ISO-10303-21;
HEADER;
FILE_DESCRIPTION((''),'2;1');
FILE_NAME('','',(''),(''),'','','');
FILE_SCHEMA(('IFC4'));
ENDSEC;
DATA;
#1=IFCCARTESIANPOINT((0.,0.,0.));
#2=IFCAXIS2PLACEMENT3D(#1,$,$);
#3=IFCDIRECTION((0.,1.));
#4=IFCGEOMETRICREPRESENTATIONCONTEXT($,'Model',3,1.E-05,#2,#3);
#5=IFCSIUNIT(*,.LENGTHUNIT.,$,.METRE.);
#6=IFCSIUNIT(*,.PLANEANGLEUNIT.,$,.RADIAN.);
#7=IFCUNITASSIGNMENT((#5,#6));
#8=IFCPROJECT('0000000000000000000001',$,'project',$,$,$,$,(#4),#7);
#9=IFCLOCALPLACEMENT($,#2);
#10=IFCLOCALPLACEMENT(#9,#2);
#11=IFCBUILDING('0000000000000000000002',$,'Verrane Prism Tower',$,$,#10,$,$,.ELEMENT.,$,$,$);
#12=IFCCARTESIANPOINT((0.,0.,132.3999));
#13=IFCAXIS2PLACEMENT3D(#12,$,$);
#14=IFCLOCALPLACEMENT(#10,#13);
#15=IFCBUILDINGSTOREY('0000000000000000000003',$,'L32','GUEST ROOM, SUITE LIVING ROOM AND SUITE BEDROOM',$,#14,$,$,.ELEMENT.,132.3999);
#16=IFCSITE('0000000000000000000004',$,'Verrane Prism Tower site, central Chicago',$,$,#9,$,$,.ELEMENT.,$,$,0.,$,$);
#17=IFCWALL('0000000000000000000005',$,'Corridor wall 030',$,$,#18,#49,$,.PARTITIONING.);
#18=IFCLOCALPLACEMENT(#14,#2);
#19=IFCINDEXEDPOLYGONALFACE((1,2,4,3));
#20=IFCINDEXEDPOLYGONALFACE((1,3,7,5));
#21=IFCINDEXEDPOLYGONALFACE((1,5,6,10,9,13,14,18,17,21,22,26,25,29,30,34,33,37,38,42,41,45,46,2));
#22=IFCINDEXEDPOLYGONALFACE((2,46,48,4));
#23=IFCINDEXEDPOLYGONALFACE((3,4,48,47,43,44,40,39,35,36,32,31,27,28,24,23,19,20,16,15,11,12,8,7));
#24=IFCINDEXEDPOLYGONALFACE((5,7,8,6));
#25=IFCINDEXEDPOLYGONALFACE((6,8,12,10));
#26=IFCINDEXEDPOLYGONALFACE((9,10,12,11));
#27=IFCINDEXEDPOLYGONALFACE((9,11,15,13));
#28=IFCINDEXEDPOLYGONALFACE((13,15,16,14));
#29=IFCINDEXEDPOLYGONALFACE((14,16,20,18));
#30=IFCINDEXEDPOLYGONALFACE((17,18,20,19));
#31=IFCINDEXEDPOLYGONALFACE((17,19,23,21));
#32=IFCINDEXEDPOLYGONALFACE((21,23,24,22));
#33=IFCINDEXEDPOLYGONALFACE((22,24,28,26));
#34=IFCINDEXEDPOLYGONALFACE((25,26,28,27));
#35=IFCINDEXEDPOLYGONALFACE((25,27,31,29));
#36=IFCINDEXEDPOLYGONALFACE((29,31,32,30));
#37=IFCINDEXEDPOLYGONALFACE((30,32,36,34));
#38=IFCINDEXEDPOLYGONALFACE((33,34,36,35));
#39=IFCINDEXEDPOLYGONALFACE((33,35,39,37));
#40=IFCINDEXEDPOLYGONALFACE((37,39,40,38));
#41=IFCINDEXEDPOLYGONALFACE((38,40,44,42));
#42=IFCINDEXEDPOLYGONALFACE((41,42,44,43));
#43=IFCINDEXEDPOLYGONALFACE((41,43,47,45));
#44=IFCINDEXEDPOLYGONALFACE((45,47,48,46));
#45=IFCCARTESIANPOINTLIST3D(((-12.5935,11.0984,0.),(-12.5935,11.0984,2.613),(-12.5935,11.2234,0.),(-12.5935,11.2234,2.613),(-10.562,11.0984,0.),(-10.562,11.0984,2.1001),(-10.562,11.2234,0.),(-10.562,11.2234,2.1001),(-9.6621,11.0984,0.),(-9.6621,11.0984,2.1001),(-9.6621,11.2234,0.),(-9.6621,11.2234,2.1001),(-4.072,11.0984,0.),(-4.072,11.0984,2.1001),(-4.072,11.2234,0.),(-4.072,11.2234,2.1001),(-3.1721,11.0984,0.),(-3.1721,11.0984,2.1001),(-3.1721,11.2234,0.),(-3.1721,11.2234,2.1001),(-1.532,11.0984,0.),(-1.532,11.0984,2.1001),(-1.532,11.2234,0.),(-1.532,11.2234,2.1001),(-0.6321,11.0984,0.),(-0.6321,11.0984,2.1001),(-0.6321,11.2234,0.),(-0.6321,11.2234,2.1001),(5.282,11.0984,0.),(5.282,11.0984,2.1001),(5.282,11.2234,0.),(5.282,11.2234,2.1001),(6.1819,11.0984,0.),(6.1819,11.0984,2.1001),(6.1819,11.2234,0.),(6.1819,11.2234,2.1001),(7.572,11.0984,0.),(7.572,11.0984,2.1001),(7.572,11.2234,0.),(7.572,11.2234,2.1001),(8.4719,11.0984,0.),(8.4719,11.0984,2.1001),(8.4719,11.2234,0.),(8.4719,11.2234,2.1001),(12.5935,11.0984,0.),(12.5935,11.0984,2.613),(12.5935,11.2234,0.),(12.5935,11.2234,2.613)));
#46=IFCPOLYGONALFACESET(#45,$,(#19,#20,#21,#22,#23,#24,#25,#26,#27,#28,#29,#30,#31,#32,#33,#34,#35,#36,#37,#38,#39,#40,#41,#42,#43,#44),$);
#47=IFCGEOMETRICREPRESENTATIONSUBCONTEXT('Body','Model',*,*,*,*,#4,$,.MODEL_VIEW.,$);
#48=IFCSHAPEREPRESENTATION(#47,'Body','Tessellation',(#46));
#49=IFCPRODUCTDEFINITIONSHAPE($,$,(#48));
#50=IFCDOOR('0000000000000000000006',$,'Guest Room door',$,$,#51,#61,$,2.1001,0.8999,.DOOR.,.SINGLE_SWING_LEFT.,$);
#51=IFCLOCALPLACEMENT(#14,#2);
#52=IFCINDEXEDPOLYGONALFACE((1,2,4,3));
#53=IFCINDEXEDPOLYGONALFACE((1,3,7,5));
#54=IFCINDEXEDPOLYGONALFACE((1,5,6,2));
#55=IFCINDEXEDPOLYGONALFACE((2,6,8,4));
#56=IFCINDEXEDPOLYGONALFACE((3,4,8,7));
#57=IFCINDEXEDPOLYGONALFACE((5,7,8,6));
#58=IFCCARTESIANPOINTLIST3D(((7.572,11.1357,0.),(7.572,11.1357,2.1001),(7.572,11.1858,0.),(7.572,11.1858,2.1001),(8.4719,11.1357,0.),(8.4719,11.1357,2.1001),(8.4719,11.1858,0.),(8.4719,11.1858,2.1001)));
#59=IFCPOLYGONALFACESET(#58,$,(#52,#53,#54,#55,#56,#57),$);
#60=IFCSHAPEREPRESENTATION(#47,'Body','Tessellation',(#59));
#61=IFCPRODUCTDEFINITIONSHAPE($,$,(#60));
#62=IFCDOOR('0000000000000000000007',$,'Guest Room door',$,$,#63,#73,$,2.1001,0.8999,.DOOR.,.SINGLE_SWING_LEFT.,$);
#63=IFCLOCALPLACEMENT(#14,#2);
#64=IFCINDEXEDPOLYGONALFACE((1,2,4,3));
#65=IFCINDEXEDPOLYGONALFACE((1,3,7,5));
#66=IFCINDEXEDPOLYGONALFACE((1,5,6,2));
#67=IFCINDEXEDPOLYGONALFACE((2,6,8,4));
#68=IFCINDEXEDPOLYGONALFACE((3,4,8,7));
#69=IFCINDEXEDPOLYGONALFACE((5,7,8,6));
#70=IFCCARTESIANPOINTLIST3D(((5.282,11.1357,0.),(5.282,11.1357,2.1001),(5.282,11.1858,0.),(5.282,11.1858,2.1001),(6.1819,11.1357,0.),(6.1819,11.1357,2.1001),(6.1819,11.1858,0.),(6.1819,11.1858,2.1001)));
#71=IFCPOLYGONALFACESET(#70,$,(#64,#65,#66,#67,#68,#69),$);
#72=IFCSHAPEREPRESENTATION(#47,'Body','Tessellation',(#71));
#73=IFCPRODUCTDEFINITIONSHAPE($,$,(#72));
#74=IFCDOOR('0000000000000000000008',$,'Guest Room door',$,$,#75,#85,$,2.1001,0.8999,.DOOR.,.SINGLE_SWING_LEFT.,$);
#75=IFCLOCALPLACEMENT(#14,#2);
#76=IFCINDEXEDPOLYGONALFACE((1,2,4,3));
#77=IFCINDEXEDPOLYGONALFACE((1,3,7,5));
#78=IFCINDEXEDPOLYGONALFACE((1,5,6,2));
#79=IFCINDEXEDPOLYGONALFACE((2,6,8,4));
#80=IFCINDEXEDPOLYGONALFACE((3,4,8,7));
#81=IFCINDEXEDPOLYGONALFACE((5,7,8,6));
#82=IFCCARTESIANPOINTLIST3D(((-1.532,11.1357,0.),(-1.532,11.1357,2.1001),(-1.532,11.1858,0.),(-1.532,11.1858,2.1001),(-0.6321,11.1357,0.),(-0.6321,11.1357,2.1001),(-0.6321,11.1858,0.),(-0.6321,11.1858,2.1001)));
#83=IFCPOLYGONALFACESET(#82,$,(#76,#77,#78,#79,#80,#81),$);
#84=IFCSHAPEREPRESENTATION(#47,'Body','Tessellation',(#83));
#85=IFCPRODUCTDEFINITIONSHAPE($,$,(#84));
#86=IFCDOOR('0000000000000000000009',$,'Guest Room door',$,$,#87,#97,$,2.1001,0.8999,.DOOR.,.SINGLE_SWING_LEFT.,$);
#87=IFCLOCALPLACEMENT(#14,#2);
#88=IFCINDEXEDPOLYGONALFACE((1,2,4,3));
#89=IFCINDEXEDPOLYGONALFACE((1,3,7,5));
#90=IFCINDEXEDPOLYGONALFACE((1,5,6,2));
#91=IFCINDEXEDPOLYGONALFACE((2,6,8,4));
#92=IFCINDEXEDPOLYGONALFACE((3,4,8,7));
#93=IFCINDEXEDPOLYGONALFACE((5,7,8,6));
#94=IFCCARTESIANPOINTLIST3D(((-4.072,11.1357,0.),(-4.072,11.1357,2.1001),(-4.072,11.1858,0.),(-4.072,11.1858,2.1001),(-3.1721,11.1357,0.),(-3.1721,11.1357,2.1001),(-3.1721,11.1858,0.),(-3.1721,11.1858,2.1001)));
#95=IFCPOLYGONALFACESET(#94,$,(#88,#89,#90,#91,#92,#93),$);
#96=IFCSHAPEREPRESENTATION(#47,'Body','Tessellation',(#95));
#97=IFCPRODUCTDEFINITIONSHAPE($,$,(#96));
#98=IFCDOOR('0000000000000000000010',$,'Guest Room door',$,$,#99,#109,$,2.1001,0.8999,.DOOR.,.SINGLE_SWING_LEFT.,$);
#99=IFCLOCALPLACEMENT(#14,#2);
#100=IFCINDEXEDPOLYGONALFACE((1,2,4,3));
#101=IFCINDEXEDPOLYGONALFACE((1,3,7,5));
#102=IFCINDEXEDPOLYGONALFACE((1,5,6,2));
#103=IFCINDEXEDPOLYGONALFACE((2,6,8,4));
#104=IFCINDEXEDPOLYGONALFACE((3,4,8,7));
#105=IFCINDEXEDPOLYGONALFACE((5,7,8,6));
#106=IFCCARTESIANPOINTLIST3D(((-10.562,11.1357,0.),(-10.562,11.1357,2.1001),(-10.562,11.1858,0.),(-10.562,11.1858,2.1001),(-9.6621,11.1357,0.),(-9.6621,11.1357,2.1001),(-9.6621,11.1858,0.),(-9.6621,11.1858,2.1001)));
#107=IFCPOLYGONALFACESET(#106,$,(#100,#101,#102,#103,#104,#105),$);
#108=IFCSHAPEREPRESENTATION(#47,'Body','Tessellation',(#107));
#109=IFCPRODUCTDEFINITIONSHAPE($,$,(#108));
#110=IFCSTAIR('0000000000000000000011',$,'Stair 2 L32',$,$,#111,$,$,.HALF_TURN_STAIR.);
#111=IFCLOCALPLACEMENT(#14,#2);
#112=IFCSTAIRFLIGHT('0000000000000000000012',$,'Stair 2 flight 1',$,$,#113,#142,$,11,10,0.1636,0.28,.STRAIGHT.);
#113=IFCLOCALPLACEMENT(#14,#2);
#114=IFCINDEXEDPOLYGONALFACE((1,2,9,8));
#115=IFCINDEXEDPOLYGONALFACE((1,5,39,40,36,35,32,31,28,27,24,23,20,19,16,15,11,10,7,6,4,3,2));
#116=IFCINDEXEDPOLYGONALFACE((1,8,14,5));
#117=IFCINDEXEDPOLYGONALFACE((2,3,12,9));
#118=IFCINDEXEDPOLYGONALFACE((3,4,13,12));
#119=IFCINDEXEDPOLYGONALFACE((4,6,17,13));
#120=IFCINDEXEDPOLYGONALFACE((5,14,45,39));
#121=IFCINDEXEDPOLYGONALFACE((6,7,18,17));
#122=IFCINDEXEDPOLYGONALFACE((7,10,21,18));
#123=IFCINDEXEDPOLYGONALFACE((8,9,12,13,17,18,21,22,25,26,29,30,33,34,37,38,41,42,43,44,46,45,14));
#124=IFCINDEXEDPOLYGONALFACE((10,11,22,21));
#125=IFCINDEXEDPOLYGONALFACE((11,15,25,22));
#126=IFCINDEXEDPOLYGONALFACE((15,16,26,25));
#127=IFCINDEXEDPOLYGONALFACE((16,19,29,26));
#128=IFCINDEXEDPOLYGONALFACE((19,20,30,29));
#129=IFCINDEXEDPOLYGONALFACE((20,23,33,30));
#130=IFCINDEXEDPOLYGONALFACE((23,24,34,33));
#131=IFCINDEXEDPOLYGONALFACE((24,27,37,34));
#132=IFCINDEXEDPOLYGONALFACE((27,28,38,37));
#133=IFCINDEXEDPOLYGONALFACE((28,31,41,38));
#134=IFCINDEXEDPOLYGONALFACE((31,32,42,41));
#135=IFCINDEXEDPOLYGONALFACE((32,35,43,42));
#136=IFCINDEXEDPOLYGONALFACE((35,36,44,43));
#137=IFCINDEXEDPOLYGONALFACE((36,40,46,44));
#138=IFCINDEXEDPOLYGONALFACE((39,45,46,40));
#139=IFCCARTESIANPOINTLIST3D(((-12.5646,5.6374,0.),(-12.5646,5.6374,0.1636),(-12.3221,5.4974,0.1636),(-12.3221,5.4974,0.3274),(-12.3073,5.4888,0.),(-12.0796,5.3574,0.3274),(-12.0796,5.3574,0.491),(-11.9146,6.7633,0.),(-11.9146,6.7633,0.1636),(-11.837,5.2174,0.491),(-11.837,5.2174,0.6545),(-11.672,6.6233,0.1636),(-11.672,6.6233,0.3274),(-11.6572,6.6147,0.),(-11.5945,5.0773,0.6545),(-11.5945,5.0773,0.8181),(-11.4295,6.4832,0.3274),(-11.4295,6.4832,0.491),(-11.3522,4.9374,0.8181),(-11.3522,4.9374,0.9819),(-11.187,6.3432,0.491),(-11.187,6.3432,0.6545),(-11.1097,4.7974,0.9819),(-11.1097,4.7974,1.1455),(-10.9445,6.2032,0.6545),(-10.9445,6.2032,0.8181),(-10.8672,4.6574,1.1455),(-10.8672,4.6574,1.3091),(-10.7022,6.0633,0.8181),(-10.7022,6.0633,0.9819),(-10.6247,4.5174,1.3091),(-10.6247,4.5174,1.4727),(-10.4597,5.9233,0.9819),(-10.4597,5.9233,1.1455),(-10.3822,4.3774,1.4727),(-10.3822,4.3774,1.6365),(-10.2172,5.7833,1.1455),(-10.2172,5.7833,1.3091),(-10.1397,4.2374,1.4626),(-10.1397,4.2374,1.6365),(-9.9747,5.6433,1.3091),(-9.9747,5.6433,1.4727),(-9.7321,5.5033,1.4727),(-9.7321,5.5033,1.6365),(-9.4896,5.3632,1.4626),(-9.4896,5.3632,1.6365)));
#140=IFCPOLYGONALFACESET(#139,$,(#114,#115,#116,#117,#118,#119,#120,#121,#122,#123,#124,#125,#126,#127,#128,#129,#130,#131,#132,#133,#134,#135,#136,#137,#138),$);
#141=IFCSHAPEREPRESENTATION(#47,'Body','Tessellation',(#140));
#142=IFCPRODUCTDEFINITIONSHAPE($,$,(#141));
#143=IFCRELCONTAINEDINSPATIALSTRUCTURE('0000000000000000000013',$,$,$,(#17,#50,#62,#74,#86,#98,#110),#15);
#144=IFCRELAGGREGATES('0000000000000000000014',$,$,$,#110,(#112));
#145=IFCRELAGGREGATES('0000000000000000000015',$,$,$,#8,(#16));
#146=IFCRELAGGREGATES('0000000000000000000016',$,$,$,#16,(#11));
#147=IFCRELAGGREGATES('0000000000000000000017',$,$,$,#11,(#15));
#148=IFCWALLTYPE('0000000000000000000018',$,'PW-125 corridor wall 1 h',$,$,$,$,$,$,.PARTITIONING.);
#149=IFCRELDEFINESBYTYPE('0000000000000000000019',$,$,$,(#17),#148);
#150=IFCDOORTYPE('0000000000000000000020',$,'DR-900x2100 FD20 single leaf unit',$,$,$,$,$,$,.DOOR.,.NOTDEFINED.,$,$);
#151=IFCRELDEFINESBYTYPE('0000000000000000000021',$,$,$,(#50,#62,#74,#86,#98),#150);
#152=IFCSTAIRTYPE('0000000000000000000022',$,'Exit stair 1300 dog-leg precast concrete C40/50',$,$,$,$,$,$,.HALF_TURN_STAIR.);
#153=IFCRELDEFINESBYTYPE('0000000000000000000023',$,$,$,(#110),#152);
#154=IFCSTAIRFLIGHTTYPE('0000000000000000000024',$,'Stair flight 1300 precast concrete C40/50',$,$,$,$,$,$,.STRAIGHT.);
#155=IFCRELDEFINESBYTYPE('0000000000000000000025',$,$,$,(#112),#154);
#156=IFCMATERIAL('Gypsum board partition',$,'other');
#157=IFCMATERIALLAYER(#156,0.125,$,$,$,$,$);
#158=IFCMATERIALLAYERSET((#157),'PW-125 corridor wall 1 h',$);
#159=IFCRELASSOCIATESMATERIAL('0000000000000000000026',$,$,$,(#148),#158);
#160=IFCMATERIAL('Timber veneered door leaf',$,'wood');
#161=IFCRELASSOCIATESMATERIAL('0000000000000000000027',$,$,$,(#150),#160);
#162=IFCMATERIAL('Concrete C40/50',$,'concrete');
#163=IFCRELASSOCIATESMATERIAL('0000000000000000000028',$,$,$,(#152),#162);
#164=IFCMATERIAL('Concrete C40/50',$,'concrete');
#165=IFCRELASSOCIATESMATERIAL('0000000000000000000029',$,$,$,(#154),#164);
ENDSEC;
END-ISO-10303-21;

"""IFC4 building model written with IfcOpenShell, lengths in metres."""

from ifc_helpers import new_model, si_unit, direction, frame, frame_2d, origin, place, context, subcontext, project, spatial, polyline, rectangle, outline, extrude, material, layer, layer_set, type_object, element, fill, aggregate, save


model = new_model("IFC4")

# Units and contexts
model_context = context("Model", 3, precision=1e-05, world=origin(), true_north=direction((0.0, 1.0)))
body_context = subcontext(model_context, "Body", "Model", "MODEL_VIEW")
ifc_project = project(units=[si_unit("LENGTHUNIT", "METRE"), si_unit("PLANEANGLEUNIT", "RADIAN")], contexts=[model_context])

# Site, building, storey
site_placement = place(None, origin())
site = spatial("IfcSite", under=ifc_project, at=site_placement, Name="Verrane Prism Tower site, central Chicago", CompositionType="ELEMENT", RefElevation=0.0)
building_placement = place(site_placement, origin())
building = spatial("IfcBuilding", under=site, at=building_placement, Name="Verrane Prism Tower", CompositionType="ELEMENT")
storey_placement = place(building_placement, frame((0.0, 0.0, 132.3999)))
storey = spatial("IfcBuildingStorey", under=building, at=storey_placement, Name="L32", Description="GUEST ROOM, SUITE LIVING ROOM AND SUITE BEDROOM", CompositionType="ELEMENT", Elevation=132.3999)

# Shared definitions
ifc_material_1 = material(Name="Gypsum board partition", Category="other")
ifc_layer_1 = layer(ifc_material_1, 0.125)
ifc_layer_set_1 = layer_set([ifc_layer_1], Name="PW-125 corridor wall 1 h")
wall_type_1 = type_object("IfcWallType", Name="PW-125 corridor wall 1 h", PredefinedType="PARTITIONING", material=ifc_layer_set_1)

# Wall, openings, doors
wall_1_placement = place(storey_placement, frame((-12.5935, 11.1609, 0.0), z_axis=(0.0, 0.0, 1.0), x_axis=(1.0, 0.0, 0.0)))
wall_1 = element("IfcWall", 1, at=wall_1_placement, inside=storey, type_object=wall_type_1, Name="Corridor wall 030", PredefinedType="PARTITIONING", context=body_context, shape_type="SweptSolid", body=[
    extrude(rectangle(XDim=25.187, YDim=0.125, at=frame_2d((12.5935, 0.0))), origin(), (0.0, 0.0, 1.0), 2.613),
])
opening_1_placement = place(wall_1_placement, frame((20.1655, 0.0, 0.0)))
opening_1 = element("IfcOpeningElement", 2, at=opening_1_placement, cuts=wall_1, PredefinedType="OPENING", context=body_context, shape_type="SweptSolid", body=[
    extrude(rectangle(XDim=0.8999, YDim=2.1001, at=frame_2d((0.45, 1.05))), frame((0.0, 0.0725, 0.0), z_axis=(0.0, -1.0, 0.0), x_axis=(1.0, 0.0, 0.0)), (0.0, 0.0, 1.0), 0.145),
])
opening_2_placement = place(wall_1_placement, frame((17.8755, 0.0, 0.0)))
opening_2 = element("IfcOpeningElement", 3, at=opening_2_placement, cuts=wall_1, PredefinedType="OPENING", context=body_context, shape_type="SweptSolid", body=[
    extrude(rectangle(XDim=0.8999, YDim=2.1001, at=frame_2d((0.45, 1.05))), frame((0.0, 0.0725, 0.0), z_axis=(0.0, -1.0, 0.0), x_axis=(1.0, 0.0, 0.0)), (0.0, 0.0, 1.0), 0.145),
])
opening_3_placement = place(wall_1_placement, frame((11.0615, 0.0, 0.0)))
opening_3 = element("IfcOpeningElement", 4, at=opening_3_placement, cuts=wall_1, PredefinedType="OPENING", context=body_context, shape_type="SweptSolid", body=[
    extrude(rectangle(XDim=0.8999, YDim=2.1001, at=frame_2d((0.45, 1.05))), frame((0.0, 0.0725, 0.0), z_axis=(0.0, -1.0, 0.0), x_axis=(1.0, 0.0, 0.0)), (0.0, 0.0, 1.0), 0.145),
])
opening_4_placement = place(wall_1_placement, frame((8.5215, 0.0, 0.0)))
opening_4 = element("IfcOpeningElement", 5, at=opening_4_placement, cuts=wall_1, PredefinedType="OPENING", context=body_context, shape_type="SweptSolid", body=[
    extrude(rectangle(XDim=0.8999, YDim=2.1001, at=frame_2d((0.45, 1.05))), frame((0.0, 0.0725, 0.0), z_axis=(0.0, -1.0, 0.0), x_axis=(1.0, 0.0, 0.0)), (0.0, 0.0, 1.0), 0.145),
])
opening_5_placement = place(wall_1_placement, frame((2.0315, 0.0, 0.0)))
opening_5 = element("IfcOpeningElement", 6, at=opening_5_placement, cuts=wall_1, PredefinedType="OPENING", context=body_context, shape_type="SweptSolid", body=[
    extrude(rectangle(XDim=0.8999, YDim=2.1001, at=frame_2d((0.45, 1.05))), frame((0.0, 0.0725, 0.0), z_axis=(0.0, -1.0, 0.0), x_axis=(1.0, 0.0, 0.0)), (0.0, 0.0, 1.0), 0.145),
])
ifc_material_2 = material(Name="Timber veneered door leaf", Category="wood")
door_type_1 = type_object("IfcDoorType", Name="DR-900x2100 FD20 single leaf unit", OperationType="NOTDEFINED", PredefinedType="DOOR", material=ifc_material_2)
door_1_placement = place(opening_1_placement, origin())
door_1 = element("IfcDoor", 7, at=door_1_placement, inside=storey, type_object=door_type_1, Name="Guest Room door", OperationType="SINGLE_SWING_LEFT", OverallHeight=2.1001, OverallWidth=0.8999, PredefinedType="DOOR", context=body_context, shape_type="SweptSolid", body=[
    extrude(rectangle(XDim=0.8999, YDim=2.1001, at=frame_2d((0.45, 1.05))), frame((0.0, 0.0249, 0.0), z_axis=(0.0, -1.0, 0.0), x_axis=(1.0, 0.0, 0.0)), (0.0, 0.0, 1.0), 0.05),
])
fill(opening_1, door_1)
door_2_placement = place(opening_2_placement, origin())
door_2 = element("IfcDoor", 8, at=door_2_placement, inside=storey, type_object=door_type_1, Name="Guest Room door", OperationType="SINGLE_SWING_LEFT", OverallHeight=2.1001, OverallWidth=0.8999, PredefinedType="DOOR", context=body_context, shape_type="SweptSolid", body=[
    extrude(rectangle(XDim=0.8999, YDim=2.1001, at=frame_2d((0.45, 1.05))), frame((0.0, 0.0249, 0.0), z_axis=(0.0, -1.0, 0.0), x_axis=(1.0, 0.0, 0.0)), (0.0, 0.0, 1.0), 0.05),
])
fill(opening_2, door_2)
door_3_placement = place(opening_3_placement, origin())
door_3 = element("IfcDoor", 9, at=door_3_placement, inside=storey, type_object=door_type_1, Name="Guest Room door", OperationType="SINGLE_SWING_LEFT", OverallHeight=2.1001, OverallWidth=0.8999, PredefinedType="DOOR", context=body_context, shape_type="SweptSolid", body=[
    extrude(rectangle(XDim=0.8999, YDim=2.1001, at=frame_2d((0.45, 1.05))), frame((0.0, 0.0249, 0.0), z_axis=(0.0, -1.0, 0.0), x_axis=(1.0, 0.0, 0.0)), (0.0, 0.0, 1.0), 0.05),
])
fill(opening_3, door_3)
door_4_placement = place(opening_4_placement, origin())
door_4 = element("IfcDoor", 10, at=door_4_placement, inside=storey, type_object=door_type_1, Name="Guest Room door", OperationType="SINGLE_SWING_LEFT", OverallHeight=2.1001, OverallWidth=0.8999, PredefinedType="DOOR", context=body_context, shape_type="SweptSolid", body=[
    extrude(rectangle(XDim=0.8999, YDim=2.1001, at=frame_2d((0.45, 1.05))), frame((0.0, 0.0249, 0.0), z_axis=(0.0, -1.0, 0.0), x_axis=(1.0, 0.0, 0.0)), (0.0, 0.0, 1.0), 0.05),
])
fill(opening_4, door_4)
door_5_placement = place(opening_5_placement, origin())
door_5 = element("IfcDoor", 11, at=door_5_placement, inside=storey, type_object=door_type_1, Name="Guest Room door", OperationType="SINGLE_SWING_LEFT", OverallHeight=2.1001, OverallWidth=0.8999, PredefinedType="DOOR", context=body_context, shape_type="SweptSolid", body=[
    extrude(rectangle(XDim=0.8999, YDim=2.1001, at=frame_2d((0.45, 1.05))), frame((0.0, 0.0249, 0.0), z_axis=(0.0, -1.0, 0.0), x_axis=(1.0, 0.0, 0.0)), (0.0, 0.0, 1.0), 0.05),
])
fill(opening_5, door_5)

# Stair, stair flight
ifc_material_3 = material(Name="Concrete C40/50", Category="concrete")
stair_type = type_object("IfcStairType", Name="Exit stair 1300 dog-leg precast concrete C40/50", PredefinedType="HALF_TURN_STAIR", material=ifc_material_3)
stair_placement = place(storey_placement, origin())
stair = element("IfcStair", 12, at=stair_placement, inside=storey, type_object=stair_type, Name="Stair 2 L32", PredefinedType="HALF_TURN_STAIR")
ifc_material_4 = material(Name="Concrete C40/50", Category="concrete")
stair_flight_type = type_object("IfcStairFlightType", Name="Stair flight 1300 precast concrete C40/50", PredefinedType="STRAIGHT", material=ifc_material_4)
stair_flight_1_placement = place(storey_placement, frame((-12.2395, 6.2004, 0.0), z_axis=(0.0, 0.0, 1.0), x_axis=(0.866025, -0.5, 0.0)))
stair_flight_1 = element("IfcStairFlight", 13, at=stair_flight_1_placement, type_object=stair_flight_type, Name="Stair 2 flight 1", NumberOfRisers=11, NumberOfTreads=10, PredefinedType="STRAIGHT", RiserHeight=0.1636, TreadLength=0.28, context=body_context, shape_type="SweptSolid", body=[
    extrude(outline(polyline([(0.0, 0.0), (0.0, 0.1636), (0.28, 0.1636), (0.28, 0.3274), (0.5601, 0.3274), (0.5601, 0.491), (0.8401, 0.491), (0.8401, 0.6545), (1.1201, 0.6545), (1.1201, 0.8181), (1.3999, 0.8181), (1.3999, 0.9819), (1.6799, 0.9819), (1.6799, 1.1455), (1.96, 1.1455), (1.96, 1.3091), (2.24, 1.3091), (2.24, 1.4727), (2.52, 1.4727), (2.52, 1.6365), (2.8, 1.6365), (2.8, 1.8), (2.8, 1.4626), (0.2971, 0.0), (0.0, 0.0)])), frame((0.0, 0.6499, 0.0), z_axis=(0.0, -1.0, 0.0), x_axis=(1.0, 0.0, 0.0)), (0.0, 0.0, 1.0), 1.3),
])
aggregate(stair, [stair_flight_1])

save(model, "model.ifc")
